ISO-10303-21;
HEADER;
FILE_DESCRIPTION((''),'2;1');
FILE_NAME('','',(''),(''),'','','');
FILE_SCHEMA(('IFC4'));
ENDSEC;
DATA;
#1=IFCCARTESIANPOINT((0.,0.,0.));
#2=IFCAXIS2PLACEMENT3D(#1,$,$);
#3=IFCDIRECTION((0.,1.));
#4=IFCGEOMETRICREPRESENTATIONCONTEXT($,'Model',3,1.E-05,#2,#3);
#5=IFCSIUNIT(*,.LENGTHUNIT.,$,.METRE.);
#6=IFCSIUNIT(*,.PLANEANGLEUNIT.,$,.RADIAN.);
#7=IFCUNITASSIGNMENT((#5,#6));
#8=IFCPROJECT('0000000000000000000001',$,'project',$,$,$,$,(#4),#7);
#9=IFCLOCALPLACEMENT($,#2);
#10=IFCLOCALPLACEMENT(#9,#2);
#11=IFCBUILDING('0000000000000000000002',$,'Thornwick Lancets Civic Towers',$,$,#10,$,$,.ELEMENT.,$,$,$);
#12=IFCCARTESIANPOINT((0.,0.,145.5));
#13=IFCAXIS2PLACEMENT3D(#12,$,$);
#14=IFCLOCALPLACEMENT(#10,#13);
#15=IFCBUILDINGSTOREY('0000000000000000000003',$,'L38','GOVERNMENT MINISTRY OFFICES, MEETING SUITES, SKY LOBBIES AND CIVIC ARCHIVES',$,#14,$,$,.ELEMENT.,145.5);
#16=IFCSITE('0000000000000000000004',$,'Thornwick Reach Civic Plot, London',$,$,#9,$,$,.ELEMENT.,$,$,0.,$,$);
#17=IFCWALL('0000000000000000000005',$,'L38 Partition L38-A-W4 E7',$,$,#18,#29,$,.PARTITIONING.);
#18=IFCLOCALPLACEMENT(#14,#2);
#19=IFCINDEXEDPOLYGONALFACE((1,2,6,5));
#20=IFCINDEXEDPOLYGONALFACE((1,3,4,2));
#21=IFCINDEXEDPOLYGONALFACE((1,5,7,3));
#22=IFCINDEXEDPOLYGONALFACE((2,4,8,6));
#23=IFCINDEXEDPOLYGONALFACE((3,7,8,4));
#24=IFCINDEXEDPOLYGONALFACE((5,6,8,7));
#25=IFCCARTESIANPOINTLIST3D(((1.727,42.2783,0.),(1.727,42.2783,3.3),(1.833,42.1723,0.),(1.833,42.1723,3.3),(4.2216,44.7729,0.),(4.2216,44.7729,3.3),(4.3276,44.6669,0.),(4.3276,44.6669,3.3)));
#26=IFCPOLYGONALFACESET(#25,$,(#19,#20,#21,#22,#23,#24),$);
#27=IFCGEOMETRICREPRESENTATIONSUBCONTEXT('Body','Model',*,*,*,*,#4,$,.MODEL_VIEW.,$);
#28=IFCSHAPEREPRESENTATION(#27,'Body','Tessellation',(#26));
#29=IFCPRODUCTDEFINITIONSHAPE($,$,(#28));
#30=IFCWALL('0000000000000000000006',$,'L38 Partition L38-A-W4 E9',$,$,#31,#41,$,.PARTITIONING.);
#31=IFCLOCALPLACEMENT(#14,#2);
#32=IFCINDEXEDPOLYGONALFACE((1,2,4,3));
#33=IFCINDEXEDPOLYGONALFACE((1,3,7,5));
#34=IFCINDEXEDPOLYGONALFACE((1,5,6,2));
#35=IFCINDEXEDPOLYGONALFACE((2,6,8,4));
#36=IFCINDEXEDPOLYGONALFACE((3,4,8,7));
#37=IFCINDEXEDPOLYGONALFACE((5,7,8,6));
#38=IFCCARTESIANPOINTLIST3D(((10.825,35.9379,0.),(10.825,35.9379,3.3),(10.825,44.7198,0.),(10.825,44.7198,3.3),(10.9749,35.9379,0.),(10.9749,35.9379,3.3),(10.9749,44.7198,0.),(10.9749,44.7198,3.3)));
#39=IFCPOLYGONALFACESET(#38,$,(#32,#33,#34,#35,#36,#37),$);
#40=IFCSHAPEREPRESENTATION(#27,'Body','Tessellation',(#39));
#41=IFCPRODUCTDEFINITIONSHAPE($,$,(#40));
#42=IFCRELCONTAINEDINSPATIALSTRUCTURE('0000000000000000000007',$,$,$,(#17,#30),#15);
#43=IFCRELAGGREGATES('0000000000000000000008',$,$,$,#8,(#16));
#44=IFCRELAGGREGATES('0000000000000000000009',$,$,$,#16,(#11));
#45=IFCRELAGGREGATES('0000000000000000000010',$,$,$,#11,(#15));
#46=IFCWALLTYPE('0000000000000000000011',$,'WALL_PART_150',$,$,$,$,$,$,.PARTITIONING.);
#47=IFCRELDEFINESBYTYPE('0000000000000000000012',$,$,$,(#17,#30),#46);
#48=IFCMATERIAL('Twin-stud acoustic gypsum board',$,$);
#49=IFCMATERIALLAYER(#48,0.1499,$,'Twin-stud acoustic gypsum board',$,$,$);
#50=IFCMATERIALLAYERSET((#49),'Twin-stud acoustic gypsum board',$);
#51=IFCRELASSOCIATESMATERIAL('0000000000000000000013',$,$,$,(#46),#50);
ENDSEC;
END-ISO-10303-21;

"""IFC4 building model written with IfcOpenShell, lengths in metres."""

from ifc_helpers import new_model, si_unit, direction, frame, frame_2d, origin, place, context, subcontext, project, spatial, rectangle, extrude, material, layer, layer_set, type_object, element, save


model = new_model("IFC4")

# Units and contexts
model_context = context("Model", 3, precision=1e-05, world=origin(), true_north=direction((0.0, 1.0)))
body_context = subcontext(model_context, "Body", "Model", "MODEL_VIEW")
ifc_project = project(units=[si_unit("LENGTHUNIT", "METRE"), si_unit("PLANEANGLEUNIT", "RADIAN")], contexts=[model_context])

# Site, building, storey
site_placement = place(None, origin())
site = spatial("IfcSite", under=ifc_project, at=site_placement, Name="Thornwick Reach Civic Plot, London", CompositionType="ELEMENT", RefElevation=0.0)
building_placement = place(site_placement, origin())
building = spatial("IfcBuilding", under=site, at=building_placement, Name="Thornwick Lancets Civic Towers", CompositionType="ELEMENT")
storey_placement = place(building_placement, frame((0.0, 0.0, 145.5)))
storey = spatial("IfcBuildingStorey", under=building, at=storey_placement, Name="L38", Description="GOVERNMENT MINISTRY OFFICES, MEETING SUITES, SKY LOBBIES AND CIVIC ARCHIVES", CompositionType="ELEMENT", Elevation=145.5)

# Walls
ifc_material_1 = material(Name="Twin-stud acoustic gypsum board")
ifc_layer_1 = layer(ifc_material_1, 0.1499, Name="Twin-stud acoustic gypsum board")
ifc_layer_set_1 = layer_set([ifc_layer_1], Name="Twin-stud acoustic gypsum board")
wall_type_1 = type_object("IfcWallType", Name="WALL_PART_150", PredefinedType="PARTITIONING", material=ifc_layer_set_1)
wall_1_placement = place(storey_placement, frame((1.78, 42.2253, 0.0), z_axis=(0.0, 0.0, 1.0), x_axis=(0.707107, 0.707107, 0.0)))
element("IfcWall", 1, at=wall_1_placement, inside=storey, type_object=wall_type_1, Name="L38 Partition L38-A-W4 E7", PredefinedType="PARTITIONING", context=body_context, shape_type="SweptSolid", body=[
    extrude(rectangle(XDim=3.5278, YDim=0.1499, at=frame_2d((1.7639, 0.0))), origin(), (0.0, 0.0, 1.0), 3.3),
])
wall_2_placement = place(storey_placement, frame((10.8999, 44.72, 0.0), z_axis=(0.0, 0.0, 1.0), x_axis=(0.0, -1.0, 0.0)))
element("IfcWall", 2, at=wall_2_placement, inside=storey, type_object=wall_type_1, Name="L38 Partition L38-A-W4 E9", PredefinedType="PARTITIONING", context=body_context, shape_type="SweptSolid", body=[
    extrude(rectangle(XDim=8.782, YDim=0.1499, at=frame_2d((4.3911, 0.0))), origin(), (0.0, 0.0, 1.0), 3.3),
])

save(model, "model.ifc")
